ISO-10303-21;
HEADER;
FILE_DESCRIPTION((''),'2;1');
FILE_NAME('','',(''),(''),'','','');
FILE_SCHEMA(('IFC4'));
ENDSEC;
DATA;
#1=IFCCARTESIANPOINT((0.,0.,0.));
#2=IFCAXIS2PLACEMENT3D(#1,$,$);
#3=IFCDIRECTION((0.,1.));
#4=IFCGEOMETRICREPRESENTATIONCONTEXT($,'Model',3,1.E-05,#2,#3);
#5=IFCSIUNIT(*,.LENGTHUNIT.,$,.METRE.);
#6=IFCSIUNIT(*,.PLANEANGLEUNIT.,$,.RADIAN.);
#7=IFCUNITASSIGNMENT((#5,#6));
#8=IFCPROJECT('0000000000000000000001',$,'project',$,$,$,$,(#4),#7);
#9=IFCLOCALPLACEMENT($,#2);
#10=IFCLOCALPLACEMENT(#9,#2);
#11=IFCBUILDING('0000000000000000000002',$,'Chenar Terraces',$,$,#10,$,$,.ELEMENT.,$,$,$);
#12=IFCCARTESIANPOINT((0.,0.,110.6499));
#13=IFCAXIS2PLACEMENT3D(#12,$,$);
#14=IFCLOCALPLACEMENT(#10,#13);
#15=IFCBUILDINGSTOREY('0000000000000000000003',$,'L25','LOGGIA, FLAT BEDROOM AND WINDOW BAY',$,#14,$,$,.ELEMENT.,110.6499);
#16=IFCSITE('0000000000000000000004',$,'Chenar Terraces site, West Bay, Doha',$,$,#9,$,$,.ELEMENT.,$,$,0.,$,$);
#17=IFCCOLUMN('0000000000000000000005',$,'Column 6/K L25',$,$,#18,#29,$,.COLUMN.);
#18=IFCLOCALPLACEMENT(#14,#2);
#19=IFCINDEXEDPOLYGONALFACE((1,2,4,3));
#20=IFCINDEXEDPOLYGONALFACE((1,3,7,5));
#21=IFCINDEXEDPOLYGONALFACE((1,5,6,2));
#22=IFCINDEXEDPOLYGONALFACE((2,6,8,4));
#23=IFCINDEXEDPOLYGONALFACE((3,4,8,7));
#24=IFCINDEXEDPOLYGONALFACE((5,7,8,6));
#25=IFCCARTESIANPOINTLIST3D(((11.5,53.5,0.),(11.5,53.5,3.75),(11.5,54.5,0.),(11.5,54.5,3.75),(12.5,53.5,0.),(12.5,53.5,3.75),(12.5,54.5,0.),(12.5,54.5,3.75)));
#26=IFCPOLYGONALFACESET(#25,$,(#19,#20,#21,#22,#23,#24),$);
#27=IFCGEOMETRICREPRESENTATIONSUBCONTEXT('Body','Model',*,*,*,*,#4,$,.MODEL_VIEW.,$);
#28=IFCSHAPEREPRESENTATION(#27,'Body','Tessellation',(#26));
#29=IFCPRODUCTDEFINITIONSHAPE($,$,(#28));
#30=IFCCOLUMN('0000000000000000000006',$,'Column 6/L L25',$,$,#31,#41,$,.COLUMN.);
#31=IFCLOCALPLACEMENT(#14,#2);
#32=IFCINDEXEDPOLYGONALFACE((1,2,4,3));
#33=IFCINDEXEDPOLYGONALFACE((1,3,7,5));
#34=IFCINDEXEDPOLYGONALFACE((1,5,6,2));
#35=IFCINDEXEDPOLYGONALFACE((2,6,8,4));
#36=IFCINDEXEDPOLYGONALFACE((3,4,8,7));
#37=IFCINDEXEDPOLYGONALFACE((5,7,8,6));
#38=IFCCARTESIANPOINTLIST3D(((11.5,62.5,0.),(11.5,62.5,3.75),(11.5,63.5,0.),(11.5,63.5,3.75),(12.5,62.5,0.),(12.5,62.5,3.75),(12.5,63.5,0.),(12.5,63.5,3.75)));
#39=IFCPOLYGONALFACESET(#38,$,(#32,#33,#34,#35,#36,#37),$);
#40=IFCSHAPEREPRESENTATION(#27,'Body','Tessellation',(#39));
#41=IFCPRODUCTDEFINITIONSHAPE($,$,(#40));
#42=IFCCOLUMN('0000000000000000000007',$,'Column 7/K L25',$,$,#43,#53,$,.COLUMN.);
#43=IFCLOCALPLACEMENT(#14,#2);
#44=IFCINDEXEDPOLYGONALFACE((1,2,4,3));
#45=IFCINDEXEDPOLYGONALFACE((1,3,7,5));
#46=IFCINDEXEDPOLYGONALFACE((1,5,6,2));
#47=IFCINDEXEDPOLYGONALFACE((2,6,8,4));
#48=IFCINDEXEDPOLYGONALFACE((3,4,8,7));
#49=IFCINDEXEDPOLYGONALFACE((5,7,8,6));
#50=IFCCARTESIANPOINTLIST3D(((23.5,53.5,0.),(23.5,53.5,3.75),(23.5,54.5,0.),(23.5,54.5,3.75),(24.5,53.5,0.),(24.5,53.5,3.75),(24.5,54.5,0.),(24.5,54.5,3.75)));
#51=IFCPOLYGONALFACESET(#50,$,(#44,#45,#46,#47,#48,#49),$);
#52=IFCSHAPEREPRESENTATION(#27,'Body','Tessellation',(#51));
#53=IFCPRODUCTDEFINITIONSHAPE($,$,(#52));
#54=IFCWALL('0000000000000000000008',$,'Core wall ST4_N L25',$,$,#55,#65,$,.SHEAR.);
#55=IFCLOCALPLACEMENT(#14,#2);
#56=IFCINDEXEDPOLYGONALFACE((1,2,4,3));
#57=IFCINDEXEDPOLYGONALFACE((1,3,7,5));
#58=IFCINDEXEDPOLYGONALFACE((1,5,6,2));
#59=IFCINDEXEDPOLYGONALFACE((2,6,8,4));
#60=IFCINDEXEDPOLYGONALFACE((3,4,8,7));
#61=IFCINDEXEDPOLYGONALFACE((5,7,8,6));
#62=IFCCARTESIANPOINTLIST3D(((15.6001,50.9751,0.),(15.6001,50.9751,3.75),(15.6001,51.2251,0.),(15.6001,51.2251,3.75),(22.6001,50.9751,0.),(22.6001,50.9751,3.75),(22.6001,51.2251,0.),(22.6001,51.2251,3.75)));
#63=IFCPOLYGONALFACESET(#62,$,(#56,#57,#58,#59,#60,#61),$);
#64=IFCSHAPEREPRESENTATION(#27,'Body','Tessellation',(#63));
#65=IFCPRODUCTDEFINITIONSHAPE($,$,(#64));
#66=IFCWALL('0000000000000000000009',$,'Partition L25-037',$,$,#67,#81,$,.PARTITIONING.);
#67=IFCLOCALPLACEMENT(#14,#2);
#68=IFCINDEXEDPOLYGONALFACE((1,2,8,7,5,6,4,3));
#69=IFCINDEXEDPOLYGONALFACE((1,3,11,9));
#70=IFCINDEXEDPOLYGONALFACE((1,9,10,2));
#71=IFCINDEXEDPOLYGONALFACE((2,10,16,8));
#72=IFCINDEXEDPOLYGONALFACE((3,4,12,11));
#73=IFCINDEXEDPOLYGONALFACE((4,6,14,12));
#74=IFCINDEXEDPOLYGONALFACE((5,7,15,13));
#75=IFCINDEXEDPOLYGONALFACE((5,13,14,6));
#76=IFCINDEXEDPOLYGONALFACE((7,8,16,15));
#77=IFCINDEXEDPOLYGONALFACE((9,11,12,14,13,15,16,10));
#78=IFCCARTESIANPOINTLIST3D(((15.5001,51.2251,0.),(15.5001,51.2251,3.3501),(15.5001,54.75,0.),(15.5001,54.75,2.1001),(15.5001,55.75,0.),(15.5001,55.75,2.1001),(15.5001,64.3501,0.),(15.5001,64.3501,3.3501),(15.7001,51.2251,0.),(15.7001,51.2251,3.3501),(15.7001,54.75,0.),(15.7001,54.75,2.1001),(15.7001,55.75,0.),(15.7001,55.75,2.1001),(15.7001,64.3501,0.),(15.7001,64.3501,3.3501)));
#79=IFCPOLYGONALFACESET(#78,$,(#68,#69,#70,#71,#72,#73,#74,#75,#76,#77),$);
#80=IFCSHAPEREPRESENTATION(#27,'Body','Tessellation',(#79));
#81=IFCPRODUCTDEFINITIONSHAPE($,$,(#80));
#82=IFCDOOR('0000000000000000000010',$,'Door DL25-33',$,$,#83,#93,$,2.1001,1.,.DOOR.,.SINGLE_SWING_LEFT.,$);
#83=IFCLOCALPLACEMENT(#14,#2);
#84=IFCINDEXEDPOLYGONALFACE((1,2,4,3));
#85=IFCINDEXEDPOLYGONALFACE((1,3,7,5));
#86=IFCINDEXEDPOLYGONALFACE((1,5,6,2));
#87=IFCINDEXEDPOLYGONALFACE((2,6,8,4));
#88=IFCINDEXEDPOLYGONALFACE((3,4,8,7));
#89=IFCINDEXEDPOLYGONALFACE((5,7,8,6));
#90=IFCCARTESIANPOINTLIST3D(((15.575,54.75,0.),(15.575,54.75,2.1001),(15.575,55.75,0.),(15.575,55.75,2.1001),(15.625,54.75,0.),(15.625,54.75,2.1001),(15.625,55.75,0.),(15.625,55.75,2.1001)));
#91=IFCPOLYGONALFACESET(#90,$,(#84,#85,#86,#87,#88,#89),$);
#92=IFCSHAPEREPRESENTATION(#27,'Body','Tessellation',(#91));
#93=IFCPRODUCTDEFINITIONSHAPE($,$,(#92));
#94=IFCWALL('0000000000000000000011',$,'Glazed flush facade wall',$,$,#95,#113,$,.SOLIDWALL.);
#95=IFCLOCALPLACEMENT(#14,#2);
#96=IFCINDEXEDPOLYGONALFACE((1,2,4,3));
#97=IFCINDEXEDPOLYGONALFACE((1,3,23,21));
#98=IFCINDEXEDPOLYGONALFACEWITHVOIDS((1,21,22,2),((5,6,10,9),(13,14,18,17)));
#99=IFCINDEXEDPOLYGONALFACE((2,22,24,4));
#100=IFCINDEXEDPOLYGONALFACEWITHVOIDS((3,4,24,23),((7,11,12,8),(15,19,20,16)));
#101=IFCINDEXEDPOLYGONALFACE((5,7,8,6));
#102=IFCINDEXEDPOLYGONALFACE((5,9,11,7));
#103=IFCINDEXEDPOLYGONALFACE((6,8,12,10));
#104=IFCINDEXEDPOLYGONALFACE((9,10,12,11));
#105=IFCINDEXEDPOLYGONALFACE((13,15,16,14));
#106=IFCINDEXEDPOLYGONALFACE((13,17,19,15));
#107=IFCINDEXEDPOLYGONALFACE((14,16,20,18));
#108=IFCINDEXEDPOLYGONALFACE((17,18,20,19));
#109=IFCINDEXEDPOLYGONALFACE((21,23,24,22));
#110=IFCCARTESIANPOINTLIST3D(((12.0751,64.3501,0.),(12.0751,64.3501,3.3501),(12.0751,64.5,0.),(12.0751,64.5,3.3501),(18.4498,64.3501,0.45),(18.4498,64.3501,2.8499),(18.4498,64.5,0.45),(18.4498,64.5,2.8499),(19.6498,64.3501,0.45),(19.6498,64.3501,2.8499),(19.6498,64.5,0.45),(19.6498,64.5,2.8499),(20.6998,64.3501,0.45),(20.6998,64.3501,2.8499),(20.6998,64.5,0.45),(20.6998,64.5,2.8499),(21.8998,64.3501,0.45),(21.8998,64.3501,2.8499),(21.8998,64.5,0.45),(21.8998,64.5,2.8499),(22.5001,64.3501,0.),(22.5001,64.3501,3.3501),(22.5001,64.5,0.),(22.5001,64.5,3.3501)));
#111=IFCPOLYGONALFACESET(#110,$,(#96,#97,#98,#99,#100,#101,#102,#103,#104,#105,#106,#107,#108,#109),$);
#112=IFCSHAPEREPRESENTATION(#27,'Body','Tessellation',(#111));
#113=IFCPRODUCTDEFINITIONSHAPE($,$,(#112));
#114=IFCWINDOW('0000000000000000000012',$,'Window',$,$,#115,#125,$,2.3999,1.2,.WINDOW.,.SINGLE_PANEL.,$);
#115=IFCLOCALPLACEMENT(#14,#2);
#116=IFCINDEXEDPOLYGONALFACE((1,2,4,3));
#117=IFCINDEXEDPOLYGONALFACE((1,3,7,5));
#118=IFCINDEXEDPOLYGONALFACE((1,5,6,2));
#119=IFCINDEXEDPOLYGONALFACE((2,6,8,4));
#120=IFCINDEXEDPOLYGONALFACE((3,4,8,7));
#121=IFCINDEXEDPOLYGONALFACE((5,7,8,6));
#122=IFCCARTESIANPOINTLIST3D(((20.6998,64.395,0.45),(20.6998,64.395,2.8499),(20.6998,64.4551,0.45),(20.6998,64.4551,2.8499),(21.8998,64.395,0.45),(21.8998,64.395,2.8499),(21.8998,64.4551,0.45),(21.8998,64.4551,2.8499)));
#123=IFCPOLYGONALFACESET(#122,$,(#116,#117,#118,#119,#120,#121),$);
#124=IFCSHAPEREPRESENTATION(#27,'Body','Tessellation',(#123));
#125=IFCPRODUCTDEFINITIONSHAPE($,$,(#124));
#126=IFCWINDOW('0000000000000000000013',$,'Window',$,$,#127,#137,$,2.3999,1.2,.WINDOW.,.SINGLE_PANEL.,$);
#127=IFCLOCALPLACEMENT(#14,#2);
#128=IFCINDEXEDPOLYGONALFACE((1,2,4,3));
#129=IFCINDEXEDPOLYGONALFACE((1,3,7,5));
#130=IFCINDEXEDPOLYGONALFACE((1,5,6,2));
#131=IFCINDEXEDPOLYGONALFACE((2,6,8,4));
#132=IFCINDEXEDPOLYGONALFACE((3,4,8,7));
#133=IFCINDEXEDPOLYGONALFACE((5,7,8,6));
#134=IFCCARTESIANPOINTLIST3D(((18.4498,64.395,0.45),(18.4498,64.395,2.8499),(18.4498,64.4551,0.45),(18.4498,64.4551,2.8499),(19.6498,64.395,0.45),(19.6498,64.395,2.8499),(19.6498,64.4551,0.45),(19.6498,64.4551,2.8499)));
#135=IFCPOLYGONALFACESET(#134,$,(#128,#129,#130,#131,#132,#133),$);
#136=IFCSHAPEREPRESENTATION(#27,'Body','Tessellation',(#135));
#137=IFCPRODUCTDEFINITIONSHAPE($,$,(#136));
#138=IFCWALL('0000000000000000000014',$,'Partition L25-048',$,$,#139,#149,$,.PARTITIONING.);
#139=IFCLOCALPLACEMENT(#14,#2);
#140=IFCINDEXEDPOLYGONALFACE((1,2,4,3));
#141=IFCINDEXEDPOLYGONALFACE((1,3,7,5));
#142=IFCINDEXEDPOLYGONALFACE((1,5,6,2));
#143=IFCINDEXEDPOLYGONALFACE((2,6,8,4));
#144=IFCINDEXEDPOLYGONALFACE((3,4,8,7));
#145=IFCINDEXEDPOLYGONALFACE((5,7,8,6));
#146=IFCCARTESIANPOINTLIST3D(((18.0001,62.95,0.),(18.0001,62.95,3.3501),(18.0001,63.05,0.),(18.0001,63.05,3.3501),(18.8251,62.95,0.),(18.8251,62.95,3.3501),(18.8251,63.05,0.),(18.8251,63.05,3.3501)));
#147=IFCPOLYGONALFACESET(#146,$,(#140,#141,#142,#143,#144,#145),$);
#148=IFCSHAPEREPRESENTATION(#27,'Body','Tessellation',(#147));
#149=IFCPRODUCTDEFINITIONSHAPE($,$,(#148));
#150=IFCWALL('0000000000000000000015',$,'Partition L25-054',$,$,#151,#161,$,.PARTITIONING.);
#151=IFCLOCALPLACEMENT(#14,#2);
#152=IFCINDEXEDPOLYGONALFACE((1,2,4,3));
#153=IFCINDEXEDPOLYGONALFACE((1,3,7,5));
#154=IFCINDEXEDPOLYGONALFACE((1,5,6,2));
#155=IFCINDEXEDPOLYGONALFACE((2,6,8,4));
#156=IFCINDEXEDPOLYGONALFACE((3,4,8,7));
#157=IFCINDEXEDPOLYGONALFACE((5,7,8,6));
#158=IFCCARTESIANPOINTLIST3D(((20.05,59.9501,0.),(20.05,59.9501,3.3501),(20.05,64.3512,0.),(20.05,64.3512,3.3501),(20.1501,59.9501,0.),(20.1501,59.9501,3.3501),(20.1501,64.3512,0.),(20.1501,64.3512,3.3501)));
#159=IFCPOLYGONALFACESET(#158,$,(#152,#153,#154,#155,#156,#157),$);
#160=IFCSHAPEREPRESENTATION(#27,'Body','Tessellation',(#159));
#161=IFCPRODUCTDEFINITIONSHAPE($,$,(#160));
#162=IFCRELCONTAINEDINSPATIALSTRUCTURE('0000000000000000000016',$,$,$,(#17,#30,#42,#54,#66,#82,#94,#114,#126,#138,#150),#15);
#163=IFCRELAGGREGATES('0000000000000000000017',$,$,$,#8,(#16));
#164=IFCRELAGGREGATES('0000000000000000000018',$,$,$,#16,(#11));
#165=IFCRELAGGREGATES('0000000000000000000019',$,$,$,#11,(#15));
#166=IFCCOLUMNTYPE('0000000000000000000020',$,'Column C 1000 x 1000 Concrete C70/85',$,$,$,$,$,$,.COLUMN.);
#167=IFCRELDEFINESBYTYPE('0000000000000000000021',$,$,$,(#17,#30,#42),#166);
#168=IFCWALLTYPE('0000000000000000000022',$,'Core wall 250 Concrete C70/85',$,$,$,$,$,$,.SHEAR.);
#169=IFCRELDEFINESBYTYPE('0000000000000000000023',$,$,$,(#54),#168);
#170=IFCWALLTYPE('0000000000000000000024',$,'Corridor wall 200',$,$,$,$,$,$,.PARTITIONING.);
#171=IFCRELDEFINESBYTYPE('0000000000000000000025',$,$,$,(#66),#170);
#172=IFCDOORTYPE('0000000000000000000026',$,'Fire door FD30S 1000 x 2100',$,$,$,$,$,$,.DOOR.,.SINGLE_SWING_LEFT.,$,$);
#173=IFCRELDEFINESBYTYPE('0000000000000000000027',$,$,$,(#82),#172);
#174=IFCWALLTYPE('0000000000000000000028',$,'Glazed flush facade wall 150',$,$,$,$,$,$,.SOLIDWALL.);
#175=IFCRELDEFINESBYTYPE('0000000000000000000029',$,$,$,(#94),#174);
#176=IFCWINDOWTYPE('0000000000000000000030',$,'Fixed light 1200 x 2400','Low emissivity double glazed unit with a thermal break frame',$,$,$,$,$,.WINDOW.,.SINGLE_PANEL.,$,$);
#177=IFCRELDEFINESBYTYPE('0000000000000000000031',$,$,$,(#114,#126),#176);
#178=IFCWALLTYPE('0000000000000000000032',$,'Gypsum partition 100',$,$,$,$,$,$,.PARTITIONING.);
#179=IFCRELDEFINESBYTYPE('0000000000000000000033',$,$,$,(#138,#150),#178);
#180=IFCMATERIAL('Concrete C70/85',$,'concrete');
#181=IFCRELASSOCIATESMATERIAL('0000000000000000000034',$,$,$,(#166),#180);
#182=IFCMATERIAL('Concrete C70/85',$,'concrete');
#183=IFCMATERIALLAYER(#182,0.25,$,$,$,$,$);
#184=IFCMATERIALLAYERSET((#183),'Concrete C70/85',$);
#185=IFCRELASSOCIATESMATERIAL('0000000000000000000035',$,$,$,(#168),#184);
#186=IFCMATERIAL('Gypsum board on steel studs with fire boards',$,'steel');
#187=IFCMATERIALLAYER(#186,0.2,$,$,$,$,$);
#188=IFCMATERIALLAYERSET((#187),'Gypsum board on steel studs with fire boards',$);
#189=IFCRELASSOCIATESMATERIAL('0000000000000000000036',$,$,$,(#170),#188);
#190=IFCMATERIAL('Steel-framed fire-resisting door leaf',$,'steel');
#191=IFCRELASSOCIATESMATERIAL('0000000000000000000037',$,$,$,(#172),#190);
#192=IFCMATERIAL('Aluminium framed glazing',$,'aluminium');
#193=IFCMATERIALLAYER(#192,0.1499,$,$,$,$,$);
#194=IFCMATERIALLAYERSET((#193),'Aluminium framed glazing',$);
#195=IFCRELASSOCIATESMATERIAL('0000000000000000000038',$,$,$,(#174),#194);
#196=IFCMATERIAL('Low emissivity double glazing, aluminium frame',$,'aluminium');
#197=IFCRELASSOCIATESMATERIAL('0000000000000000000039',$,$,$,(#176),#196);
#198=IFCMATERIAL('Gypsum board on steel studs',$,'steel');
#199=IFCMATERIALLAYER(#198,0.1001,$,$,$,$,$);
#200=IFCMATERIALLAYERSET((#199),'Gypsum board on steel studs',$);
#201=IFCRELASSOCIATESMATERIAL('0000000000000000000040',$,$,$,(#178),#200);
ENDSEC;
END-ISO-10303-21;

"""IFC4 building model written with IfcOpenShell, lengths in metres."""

from ifc_helpers import new_model, si_unit, direction, frame, frame_2d, origin, origin_2d, place, context, subcontext, project, spatial, rectangle, extrude, material, layer, layer_set, material_profile, profile_set, type_object, element, fill, save


model = new_model("IFC4")

# Units and contexts
model_context = context("Model", 3, precision=1e-05, world=origin(), true_north=direction((0.0, 1.0)))
body_context = subcontext(model_context, "Body", "Model", "MODEL_VIEW")
ifc_project = project(units=[si_unit("LENGTHUNIT", "METRE"), si_unit("PLANEANGLEUNIT", "RADIAN")], contexts=[model_context])

# Site, building, storey
site_placement = place(None, origin())
site = spatial("IfcSite", under=ifc_project, at=site_placement, Name="Chenar Terraces site, West Bay, Doha", CompositionType="ELEMENT", RefElevation=0.0)
building_placement = place(site_placement, origin())
building = spatial("IfcBuilding", under=site, at=building_placement, Name="Chenar Terraces", CompositionType="ELEMENT")
storey_placement = place(building_placement, frame((0.0, 0.0, 110.6499)))
storey = spatial("IfcBuildingStorey", under=building, at=storey_placement, Name="L25", Description="LOGGIA, FLAT BEDROOM AND WINDOW BAY", CompositionType="ELEMENT", Elevation=110.6499)

# Columns
ifc_material_1 = material(Name="Concrete C70/85", Category="concrete")
ifc_material_profile = material_profile(ifc_material_1, rectangle(XDim=1.0, YDim=1.0, at=origin_2d()), Name="C 1000 x 1000")
ifc_profile_set = profile_set([ifc_material_profile], Name="Concrete C70/85")
column_type = type_object("IfcColumnType", Name="Column C 1000 x 1000 Concrete C70/85", PredefinedType="COLUMN", material=ifc_profile_set)
for number, where, z_axis, x_axis, name in (
    (1, (12.0, 54.0, 0.0), (0.0, 0.0, 1.0), (1.0, 0.0, 0.0), "Column 6/K L25"),
    (2, (12.0, 63.0, 0.0), (0.0, 0.0, 1.0), (1.0, 0.0, 0.0), "Column 6/L L25"),
    (3, (24.0, 54.0, 0.0), (0.0, 0.0, 1.0), (1.0, 0.0, 0.0), "Column 7/K L25"),
):
    element("IfcColumn", number, at=place(storey_placement, frame(where, z_axis=z_axis, x_axis=x_axis)), inside=storey, type_object=column_type, Name=name, PredefinedType="COLUMN", context=body_context, shape_type="SweptSolid", body=[
        extrude(rectangle(XDim=1.0, YDim=1.0, at=origin_2d()), origin(), (0.0, 0.0, 1.0), 3.75),
    ])

# Wall
ifc_material_2 = material(Name="Concrete C70/85", Category="concrete")
ifc_layer_1 = layer(ifc_material_2, 0.25)
ifc_layer_set_1 = layer_set([ifc_layer_1], Name="Concrete C70/85")
wall_type_1 = type_object("IfcWallType", Name="Core wall 250 Concrete C70/85", PredefinedType="SHEAR", material=ifc_layer_set_1)
wall_1_placement = place(storey_placement, frame((15.6001, 51.1001, 0.0), z_axis=(0.0, 0.0, 1.0), x_axis=(1.0, 0.0, 0.0)))
element("IfcWall", 4, at=wall_1_placement, inside=storey, type_object=wall_type_1, Name="Core wall ST4_N L25", PredefinedType="SHEAR", context=body_context, shape_type="SweptSolid", body=[
    extrude(rectangle(XDim=7.0, YDim=0.25, at=frame_2d((3.5, 0.0))), origin(), (0.0, 0.0, 1.0), 3.75),
])

# Wall, opening, door
ifc_material_3 = material(Name="Gypsum board on steel studs with fire boards", Category="steel")
ifc_layer_2 = layer(ifc_material_3, 0.2)
ifc_layer_set_2 = layer_set([ifc_layer_2], Name="Gypsum board on steel studs with fire boards")
wall_type_2 = type_object("IfcWallType", Name="Corridor wall 200", PredefinedType="PARTITIONING", material=ifc_layer_set_2)
wall_2_placement = place(storey_placement, frame((15.6001, 51.2251, 0.0), z_axis=(0.0, 0.0, 1.0), x_axis=(0.0, 1.0, 0.0)))
wall_2 = element("IfcWall", 5, at=wall_2_placement, inside=storey, type_object=wall_type_2, Name="Partition L25-037", PredefinedType="PARTITIONING", context=body_context, shape_type="SweptSolid", body=[
    extrude(rectangle(XDim=13.125, YDim=0.2, at=frame_2d((6.5625, 0.0))), origin(), (0.0, 0.0, 1.0), 3.3501),
])
opening_1_placement = place(wall_2_placement, frame((3.5249, 0.0, 0.0)))
opening_1 = element("IfcOpeningElement", 6, at=opening_1_placement, cuts=wall_2, PredefinedType="OPENING", context=body_context, shape_type="SweptSolid", body=[
    extrude(rectangle(XDim=1.0, YDim=2.1001, at=frame_2d((0.5, 1.05))), frame((0.0, 0.1099, 0.0), z_axis=(0.0, -1.0, 0.0), x_axis=(1.0, 0.0, 0.0)), (0.0, 0.0, 1.0), 0.22),
])
ifc_material_4 = material(Name="Steel-framed fire-resisting door leaf", Category="steel")
door_type_1 = type_object("IfcDoorType", Name="Fire door FD30S 1000 x 2100", OperationType="SINGLE_SWING_LEFT", PredefinedType="DOOR", material=ifc_material_4)
door_1_placement = place(opening_1_placement, frame((1.0, 0.0, 0.0), z_axis=(0.0, 0.0, 1.0), x_axis=(-1.0, 0.0, 0.0)))
door_1 = element("IfcDoor", 7, at=door_1_placement, inside=storey, type_object=door_type_1, Name="Door DL25-33", OperationType="SINGLE_SWING_LEFT", OverallHeight=2.1001, OverallWidth=1.0, PredefinedType="DOOR", context=body_context, shape_type="SweptSolid", body=[
    extrude(rectangle(XDim=1.0, YDim=2.1001, at=frame_2d((0.5, 1.05))), frame((0.0, 0.0249, 0.0), z_axis=(0.0, -1.0, 0.0), x_axis=(1.0, 0.0, 0.0)), (0.0, 0.0, 1.0), 0.05),
])
fill(opening_1, door_1)

# Wall, openings, windows
ifc_material_5 = material(Name="Aluminium framed glazing", Category="aluminium")
ifc_layer_3 = layer(ifc_material_5, 0.1499)
ifc_layer_set_3 = layer_set([ifc_layer_3], Name="Aluminium framed glazing")
wall_type_3 = type_object("IfcWallType", Name="Glazed flush facade wall 150", PredefinedType="SOLIDWALL", material=ifc_layer_set_3)
wall_3_placement = place(storey_placement, frame((22.5, 64.425, 0.0), z_axis=(0.0, 0.0, 1.0), x_axis=(-1.0, 0.0, 0.0)))
wall_3 = element("IfcWall", 8, at=wall_3_placement, inside=storey, type_object=wall_type_3, Name="Glazed flush facade wall", PredefinedType="SOLIDWALL", context=body_context, shape_type="SweptSolid", body=[
    extrude(rectangle(XDim=10.425, YDim=0.1499, at=frame_2d((5.2124, 0.0))), origin(), (0.0, 0.0, 1.0), 3.3501),
])
opening_2_placement = place(wall_3_placement, frame((0.6001, 0.0, 0.45)))
opening_2 = element("IfcOpeningElement", 9, at=opening_2_placement, cuts=wall_3, PredefinedType="OPENING", context=body_context, shape_type="SweptSolid", body=[
    extrude(rectangle(XDim=1.2, YDim=2.3999, at=frame_2d((0.6001, 1.2))), frame((0.0, 0.085, 0.0), z_axis=(0.0, -1.0, 0.0), x_axis=(1.0, 0.0, 0.0)), (0.0, 0.0, 1.0), 0.1699),
])
opening_3_placement = place(wall_3_placement, frame((2.8501, 0.0, 0.45)))
opening_3 = element("IfcOpeningElement", 10, at=opening_3_placement, cuts=wall_3, PredefinedType="OPENING", context=body_context, shape_type="SweptSolid", body=[
    extrude(rectangle(XDim=1.2, YDim=2.3999, at=frame_2d((0.6001, 1.2))), frame((0.0, 0.085, 0.0), z_axis=(0.0, -1.0, 0.0), x_axis=(1.0, 0.0, 0.0)), (0.0, 0.0, 1.0), 0.1699),
])
ifc_material_6 = material(Name="Low emissivity double glazing, aluminium frame", Category="aluminium")
window_type = type_object("IfcWindowType", Name="Fixed light 1200 x 2400", Description="Low emissivity double glazed unit with a thermal break frame", PartitioningType="SINGLE_PANEL", PredefinedType="WINDOW", material=ifc_material_6)
window_1_placement = place(opening_2_placement, origin())
window_1 = element("IfcWindow", 11, at=window_1_placement, inside=storey, type_object=window_type, Name="Window", OverallHeight=2.3999, OverallWidth=1.2, PartitioningType="SINGLE_PANEL", PredefinedType="WINDOW", context=body_context, shape_type="SweptSolid", body=[
    extrude(rectangle(XDim=1.2, YDim=2.3999, at=frame_2d((0.6001, 1.2))), frame((0.0, 0.03, 0.0), z_axis=(0.0, -1.0, 0.0), x_axis=(1.0, 0.0, 0.0)), (0.0, 0.0, 1.0), 0.0601),
])
fill(opening_2, window_1)
window_2_placement = place(opening_3_placement, origin())
window_2 = element("IfcWindow", 12, at=window_2_placement, inside=storey, type_object=window_type, Name="Window", OverallHeight=2.3999, OverallWidth=1.2, PartitioningType="SINGLE_PANEL", PredefinedType="WINDOW", context=body_context, shape_type="SweptSolid", body=[
    extrude(rectangle(XDim=1.2, YDim=2.3999, at=frame_2d((0.6001, 1.2))), frame((0.0, 0.03, 0.0), z_axis=(0.0, -1.0, 0.0), x_axis=(1.0, 0.0, 0.0)), (0.0, 0.0, 1.0), 0.0601),
])
fill(opening_3, window_2)

# Walls
ifc_material_7 = material(Name="Gypsum board on steel studs", Category="steel")
ifc_layer_4 = layer(ifc_material_7, 0.1001)
ifc_layer_set_4 = layer_set([ifc_layer_4], Name="Gypsum board on steel studs")
wall_type_4 = type_object("IfcWallType", Name="Gypsum partition 100", PredefinedType="PARTITIONING", material=ifc_layer_set_4)
wall_4_placement = place(storey_placement, frame((18.0, 63.0, 0.0), z_axis=(0.0, 0.0, 1.0), x_axis=(1.0, 0.0, 0.0)))
element("IfcWall", 13, at=wall_4_placement, inside=storey, type_object=wall_type_4, Name="Partition L25-048", PredefinedType="PARTITIONING", context=body_context, shape_type="SweptSolid", body=[
    extrude(rectangle(XDim=0.825, YDim=0.1001, at=frame_2d((0.4126, 0.0))), origin(), (0.0, 0.0, 1.0), 3.3501),
])
wall_5_placement = place(storey_placement, frame((20.1001, 59.95, 0.0), z_axis=(0.0, 0.0, 1.0), x_axis=(0.0, 1.0, 0.0)))
element("IfcWall", 14, at=wall_5_placement, inside=storey, type_object=wall_type_4, Name="Partition L25-054", PredefinedType="PARTITIONING", context=body_context, shape_type="SweptSolid", body=[
    extrude(rectangle(XDim=4.4011, YDim=0.1001, at=frame_2d((2.2007, 0.0))), origin(), (0.0, 0.0, 1.0), 3.3501),
])

save(model, "model.ifc")
